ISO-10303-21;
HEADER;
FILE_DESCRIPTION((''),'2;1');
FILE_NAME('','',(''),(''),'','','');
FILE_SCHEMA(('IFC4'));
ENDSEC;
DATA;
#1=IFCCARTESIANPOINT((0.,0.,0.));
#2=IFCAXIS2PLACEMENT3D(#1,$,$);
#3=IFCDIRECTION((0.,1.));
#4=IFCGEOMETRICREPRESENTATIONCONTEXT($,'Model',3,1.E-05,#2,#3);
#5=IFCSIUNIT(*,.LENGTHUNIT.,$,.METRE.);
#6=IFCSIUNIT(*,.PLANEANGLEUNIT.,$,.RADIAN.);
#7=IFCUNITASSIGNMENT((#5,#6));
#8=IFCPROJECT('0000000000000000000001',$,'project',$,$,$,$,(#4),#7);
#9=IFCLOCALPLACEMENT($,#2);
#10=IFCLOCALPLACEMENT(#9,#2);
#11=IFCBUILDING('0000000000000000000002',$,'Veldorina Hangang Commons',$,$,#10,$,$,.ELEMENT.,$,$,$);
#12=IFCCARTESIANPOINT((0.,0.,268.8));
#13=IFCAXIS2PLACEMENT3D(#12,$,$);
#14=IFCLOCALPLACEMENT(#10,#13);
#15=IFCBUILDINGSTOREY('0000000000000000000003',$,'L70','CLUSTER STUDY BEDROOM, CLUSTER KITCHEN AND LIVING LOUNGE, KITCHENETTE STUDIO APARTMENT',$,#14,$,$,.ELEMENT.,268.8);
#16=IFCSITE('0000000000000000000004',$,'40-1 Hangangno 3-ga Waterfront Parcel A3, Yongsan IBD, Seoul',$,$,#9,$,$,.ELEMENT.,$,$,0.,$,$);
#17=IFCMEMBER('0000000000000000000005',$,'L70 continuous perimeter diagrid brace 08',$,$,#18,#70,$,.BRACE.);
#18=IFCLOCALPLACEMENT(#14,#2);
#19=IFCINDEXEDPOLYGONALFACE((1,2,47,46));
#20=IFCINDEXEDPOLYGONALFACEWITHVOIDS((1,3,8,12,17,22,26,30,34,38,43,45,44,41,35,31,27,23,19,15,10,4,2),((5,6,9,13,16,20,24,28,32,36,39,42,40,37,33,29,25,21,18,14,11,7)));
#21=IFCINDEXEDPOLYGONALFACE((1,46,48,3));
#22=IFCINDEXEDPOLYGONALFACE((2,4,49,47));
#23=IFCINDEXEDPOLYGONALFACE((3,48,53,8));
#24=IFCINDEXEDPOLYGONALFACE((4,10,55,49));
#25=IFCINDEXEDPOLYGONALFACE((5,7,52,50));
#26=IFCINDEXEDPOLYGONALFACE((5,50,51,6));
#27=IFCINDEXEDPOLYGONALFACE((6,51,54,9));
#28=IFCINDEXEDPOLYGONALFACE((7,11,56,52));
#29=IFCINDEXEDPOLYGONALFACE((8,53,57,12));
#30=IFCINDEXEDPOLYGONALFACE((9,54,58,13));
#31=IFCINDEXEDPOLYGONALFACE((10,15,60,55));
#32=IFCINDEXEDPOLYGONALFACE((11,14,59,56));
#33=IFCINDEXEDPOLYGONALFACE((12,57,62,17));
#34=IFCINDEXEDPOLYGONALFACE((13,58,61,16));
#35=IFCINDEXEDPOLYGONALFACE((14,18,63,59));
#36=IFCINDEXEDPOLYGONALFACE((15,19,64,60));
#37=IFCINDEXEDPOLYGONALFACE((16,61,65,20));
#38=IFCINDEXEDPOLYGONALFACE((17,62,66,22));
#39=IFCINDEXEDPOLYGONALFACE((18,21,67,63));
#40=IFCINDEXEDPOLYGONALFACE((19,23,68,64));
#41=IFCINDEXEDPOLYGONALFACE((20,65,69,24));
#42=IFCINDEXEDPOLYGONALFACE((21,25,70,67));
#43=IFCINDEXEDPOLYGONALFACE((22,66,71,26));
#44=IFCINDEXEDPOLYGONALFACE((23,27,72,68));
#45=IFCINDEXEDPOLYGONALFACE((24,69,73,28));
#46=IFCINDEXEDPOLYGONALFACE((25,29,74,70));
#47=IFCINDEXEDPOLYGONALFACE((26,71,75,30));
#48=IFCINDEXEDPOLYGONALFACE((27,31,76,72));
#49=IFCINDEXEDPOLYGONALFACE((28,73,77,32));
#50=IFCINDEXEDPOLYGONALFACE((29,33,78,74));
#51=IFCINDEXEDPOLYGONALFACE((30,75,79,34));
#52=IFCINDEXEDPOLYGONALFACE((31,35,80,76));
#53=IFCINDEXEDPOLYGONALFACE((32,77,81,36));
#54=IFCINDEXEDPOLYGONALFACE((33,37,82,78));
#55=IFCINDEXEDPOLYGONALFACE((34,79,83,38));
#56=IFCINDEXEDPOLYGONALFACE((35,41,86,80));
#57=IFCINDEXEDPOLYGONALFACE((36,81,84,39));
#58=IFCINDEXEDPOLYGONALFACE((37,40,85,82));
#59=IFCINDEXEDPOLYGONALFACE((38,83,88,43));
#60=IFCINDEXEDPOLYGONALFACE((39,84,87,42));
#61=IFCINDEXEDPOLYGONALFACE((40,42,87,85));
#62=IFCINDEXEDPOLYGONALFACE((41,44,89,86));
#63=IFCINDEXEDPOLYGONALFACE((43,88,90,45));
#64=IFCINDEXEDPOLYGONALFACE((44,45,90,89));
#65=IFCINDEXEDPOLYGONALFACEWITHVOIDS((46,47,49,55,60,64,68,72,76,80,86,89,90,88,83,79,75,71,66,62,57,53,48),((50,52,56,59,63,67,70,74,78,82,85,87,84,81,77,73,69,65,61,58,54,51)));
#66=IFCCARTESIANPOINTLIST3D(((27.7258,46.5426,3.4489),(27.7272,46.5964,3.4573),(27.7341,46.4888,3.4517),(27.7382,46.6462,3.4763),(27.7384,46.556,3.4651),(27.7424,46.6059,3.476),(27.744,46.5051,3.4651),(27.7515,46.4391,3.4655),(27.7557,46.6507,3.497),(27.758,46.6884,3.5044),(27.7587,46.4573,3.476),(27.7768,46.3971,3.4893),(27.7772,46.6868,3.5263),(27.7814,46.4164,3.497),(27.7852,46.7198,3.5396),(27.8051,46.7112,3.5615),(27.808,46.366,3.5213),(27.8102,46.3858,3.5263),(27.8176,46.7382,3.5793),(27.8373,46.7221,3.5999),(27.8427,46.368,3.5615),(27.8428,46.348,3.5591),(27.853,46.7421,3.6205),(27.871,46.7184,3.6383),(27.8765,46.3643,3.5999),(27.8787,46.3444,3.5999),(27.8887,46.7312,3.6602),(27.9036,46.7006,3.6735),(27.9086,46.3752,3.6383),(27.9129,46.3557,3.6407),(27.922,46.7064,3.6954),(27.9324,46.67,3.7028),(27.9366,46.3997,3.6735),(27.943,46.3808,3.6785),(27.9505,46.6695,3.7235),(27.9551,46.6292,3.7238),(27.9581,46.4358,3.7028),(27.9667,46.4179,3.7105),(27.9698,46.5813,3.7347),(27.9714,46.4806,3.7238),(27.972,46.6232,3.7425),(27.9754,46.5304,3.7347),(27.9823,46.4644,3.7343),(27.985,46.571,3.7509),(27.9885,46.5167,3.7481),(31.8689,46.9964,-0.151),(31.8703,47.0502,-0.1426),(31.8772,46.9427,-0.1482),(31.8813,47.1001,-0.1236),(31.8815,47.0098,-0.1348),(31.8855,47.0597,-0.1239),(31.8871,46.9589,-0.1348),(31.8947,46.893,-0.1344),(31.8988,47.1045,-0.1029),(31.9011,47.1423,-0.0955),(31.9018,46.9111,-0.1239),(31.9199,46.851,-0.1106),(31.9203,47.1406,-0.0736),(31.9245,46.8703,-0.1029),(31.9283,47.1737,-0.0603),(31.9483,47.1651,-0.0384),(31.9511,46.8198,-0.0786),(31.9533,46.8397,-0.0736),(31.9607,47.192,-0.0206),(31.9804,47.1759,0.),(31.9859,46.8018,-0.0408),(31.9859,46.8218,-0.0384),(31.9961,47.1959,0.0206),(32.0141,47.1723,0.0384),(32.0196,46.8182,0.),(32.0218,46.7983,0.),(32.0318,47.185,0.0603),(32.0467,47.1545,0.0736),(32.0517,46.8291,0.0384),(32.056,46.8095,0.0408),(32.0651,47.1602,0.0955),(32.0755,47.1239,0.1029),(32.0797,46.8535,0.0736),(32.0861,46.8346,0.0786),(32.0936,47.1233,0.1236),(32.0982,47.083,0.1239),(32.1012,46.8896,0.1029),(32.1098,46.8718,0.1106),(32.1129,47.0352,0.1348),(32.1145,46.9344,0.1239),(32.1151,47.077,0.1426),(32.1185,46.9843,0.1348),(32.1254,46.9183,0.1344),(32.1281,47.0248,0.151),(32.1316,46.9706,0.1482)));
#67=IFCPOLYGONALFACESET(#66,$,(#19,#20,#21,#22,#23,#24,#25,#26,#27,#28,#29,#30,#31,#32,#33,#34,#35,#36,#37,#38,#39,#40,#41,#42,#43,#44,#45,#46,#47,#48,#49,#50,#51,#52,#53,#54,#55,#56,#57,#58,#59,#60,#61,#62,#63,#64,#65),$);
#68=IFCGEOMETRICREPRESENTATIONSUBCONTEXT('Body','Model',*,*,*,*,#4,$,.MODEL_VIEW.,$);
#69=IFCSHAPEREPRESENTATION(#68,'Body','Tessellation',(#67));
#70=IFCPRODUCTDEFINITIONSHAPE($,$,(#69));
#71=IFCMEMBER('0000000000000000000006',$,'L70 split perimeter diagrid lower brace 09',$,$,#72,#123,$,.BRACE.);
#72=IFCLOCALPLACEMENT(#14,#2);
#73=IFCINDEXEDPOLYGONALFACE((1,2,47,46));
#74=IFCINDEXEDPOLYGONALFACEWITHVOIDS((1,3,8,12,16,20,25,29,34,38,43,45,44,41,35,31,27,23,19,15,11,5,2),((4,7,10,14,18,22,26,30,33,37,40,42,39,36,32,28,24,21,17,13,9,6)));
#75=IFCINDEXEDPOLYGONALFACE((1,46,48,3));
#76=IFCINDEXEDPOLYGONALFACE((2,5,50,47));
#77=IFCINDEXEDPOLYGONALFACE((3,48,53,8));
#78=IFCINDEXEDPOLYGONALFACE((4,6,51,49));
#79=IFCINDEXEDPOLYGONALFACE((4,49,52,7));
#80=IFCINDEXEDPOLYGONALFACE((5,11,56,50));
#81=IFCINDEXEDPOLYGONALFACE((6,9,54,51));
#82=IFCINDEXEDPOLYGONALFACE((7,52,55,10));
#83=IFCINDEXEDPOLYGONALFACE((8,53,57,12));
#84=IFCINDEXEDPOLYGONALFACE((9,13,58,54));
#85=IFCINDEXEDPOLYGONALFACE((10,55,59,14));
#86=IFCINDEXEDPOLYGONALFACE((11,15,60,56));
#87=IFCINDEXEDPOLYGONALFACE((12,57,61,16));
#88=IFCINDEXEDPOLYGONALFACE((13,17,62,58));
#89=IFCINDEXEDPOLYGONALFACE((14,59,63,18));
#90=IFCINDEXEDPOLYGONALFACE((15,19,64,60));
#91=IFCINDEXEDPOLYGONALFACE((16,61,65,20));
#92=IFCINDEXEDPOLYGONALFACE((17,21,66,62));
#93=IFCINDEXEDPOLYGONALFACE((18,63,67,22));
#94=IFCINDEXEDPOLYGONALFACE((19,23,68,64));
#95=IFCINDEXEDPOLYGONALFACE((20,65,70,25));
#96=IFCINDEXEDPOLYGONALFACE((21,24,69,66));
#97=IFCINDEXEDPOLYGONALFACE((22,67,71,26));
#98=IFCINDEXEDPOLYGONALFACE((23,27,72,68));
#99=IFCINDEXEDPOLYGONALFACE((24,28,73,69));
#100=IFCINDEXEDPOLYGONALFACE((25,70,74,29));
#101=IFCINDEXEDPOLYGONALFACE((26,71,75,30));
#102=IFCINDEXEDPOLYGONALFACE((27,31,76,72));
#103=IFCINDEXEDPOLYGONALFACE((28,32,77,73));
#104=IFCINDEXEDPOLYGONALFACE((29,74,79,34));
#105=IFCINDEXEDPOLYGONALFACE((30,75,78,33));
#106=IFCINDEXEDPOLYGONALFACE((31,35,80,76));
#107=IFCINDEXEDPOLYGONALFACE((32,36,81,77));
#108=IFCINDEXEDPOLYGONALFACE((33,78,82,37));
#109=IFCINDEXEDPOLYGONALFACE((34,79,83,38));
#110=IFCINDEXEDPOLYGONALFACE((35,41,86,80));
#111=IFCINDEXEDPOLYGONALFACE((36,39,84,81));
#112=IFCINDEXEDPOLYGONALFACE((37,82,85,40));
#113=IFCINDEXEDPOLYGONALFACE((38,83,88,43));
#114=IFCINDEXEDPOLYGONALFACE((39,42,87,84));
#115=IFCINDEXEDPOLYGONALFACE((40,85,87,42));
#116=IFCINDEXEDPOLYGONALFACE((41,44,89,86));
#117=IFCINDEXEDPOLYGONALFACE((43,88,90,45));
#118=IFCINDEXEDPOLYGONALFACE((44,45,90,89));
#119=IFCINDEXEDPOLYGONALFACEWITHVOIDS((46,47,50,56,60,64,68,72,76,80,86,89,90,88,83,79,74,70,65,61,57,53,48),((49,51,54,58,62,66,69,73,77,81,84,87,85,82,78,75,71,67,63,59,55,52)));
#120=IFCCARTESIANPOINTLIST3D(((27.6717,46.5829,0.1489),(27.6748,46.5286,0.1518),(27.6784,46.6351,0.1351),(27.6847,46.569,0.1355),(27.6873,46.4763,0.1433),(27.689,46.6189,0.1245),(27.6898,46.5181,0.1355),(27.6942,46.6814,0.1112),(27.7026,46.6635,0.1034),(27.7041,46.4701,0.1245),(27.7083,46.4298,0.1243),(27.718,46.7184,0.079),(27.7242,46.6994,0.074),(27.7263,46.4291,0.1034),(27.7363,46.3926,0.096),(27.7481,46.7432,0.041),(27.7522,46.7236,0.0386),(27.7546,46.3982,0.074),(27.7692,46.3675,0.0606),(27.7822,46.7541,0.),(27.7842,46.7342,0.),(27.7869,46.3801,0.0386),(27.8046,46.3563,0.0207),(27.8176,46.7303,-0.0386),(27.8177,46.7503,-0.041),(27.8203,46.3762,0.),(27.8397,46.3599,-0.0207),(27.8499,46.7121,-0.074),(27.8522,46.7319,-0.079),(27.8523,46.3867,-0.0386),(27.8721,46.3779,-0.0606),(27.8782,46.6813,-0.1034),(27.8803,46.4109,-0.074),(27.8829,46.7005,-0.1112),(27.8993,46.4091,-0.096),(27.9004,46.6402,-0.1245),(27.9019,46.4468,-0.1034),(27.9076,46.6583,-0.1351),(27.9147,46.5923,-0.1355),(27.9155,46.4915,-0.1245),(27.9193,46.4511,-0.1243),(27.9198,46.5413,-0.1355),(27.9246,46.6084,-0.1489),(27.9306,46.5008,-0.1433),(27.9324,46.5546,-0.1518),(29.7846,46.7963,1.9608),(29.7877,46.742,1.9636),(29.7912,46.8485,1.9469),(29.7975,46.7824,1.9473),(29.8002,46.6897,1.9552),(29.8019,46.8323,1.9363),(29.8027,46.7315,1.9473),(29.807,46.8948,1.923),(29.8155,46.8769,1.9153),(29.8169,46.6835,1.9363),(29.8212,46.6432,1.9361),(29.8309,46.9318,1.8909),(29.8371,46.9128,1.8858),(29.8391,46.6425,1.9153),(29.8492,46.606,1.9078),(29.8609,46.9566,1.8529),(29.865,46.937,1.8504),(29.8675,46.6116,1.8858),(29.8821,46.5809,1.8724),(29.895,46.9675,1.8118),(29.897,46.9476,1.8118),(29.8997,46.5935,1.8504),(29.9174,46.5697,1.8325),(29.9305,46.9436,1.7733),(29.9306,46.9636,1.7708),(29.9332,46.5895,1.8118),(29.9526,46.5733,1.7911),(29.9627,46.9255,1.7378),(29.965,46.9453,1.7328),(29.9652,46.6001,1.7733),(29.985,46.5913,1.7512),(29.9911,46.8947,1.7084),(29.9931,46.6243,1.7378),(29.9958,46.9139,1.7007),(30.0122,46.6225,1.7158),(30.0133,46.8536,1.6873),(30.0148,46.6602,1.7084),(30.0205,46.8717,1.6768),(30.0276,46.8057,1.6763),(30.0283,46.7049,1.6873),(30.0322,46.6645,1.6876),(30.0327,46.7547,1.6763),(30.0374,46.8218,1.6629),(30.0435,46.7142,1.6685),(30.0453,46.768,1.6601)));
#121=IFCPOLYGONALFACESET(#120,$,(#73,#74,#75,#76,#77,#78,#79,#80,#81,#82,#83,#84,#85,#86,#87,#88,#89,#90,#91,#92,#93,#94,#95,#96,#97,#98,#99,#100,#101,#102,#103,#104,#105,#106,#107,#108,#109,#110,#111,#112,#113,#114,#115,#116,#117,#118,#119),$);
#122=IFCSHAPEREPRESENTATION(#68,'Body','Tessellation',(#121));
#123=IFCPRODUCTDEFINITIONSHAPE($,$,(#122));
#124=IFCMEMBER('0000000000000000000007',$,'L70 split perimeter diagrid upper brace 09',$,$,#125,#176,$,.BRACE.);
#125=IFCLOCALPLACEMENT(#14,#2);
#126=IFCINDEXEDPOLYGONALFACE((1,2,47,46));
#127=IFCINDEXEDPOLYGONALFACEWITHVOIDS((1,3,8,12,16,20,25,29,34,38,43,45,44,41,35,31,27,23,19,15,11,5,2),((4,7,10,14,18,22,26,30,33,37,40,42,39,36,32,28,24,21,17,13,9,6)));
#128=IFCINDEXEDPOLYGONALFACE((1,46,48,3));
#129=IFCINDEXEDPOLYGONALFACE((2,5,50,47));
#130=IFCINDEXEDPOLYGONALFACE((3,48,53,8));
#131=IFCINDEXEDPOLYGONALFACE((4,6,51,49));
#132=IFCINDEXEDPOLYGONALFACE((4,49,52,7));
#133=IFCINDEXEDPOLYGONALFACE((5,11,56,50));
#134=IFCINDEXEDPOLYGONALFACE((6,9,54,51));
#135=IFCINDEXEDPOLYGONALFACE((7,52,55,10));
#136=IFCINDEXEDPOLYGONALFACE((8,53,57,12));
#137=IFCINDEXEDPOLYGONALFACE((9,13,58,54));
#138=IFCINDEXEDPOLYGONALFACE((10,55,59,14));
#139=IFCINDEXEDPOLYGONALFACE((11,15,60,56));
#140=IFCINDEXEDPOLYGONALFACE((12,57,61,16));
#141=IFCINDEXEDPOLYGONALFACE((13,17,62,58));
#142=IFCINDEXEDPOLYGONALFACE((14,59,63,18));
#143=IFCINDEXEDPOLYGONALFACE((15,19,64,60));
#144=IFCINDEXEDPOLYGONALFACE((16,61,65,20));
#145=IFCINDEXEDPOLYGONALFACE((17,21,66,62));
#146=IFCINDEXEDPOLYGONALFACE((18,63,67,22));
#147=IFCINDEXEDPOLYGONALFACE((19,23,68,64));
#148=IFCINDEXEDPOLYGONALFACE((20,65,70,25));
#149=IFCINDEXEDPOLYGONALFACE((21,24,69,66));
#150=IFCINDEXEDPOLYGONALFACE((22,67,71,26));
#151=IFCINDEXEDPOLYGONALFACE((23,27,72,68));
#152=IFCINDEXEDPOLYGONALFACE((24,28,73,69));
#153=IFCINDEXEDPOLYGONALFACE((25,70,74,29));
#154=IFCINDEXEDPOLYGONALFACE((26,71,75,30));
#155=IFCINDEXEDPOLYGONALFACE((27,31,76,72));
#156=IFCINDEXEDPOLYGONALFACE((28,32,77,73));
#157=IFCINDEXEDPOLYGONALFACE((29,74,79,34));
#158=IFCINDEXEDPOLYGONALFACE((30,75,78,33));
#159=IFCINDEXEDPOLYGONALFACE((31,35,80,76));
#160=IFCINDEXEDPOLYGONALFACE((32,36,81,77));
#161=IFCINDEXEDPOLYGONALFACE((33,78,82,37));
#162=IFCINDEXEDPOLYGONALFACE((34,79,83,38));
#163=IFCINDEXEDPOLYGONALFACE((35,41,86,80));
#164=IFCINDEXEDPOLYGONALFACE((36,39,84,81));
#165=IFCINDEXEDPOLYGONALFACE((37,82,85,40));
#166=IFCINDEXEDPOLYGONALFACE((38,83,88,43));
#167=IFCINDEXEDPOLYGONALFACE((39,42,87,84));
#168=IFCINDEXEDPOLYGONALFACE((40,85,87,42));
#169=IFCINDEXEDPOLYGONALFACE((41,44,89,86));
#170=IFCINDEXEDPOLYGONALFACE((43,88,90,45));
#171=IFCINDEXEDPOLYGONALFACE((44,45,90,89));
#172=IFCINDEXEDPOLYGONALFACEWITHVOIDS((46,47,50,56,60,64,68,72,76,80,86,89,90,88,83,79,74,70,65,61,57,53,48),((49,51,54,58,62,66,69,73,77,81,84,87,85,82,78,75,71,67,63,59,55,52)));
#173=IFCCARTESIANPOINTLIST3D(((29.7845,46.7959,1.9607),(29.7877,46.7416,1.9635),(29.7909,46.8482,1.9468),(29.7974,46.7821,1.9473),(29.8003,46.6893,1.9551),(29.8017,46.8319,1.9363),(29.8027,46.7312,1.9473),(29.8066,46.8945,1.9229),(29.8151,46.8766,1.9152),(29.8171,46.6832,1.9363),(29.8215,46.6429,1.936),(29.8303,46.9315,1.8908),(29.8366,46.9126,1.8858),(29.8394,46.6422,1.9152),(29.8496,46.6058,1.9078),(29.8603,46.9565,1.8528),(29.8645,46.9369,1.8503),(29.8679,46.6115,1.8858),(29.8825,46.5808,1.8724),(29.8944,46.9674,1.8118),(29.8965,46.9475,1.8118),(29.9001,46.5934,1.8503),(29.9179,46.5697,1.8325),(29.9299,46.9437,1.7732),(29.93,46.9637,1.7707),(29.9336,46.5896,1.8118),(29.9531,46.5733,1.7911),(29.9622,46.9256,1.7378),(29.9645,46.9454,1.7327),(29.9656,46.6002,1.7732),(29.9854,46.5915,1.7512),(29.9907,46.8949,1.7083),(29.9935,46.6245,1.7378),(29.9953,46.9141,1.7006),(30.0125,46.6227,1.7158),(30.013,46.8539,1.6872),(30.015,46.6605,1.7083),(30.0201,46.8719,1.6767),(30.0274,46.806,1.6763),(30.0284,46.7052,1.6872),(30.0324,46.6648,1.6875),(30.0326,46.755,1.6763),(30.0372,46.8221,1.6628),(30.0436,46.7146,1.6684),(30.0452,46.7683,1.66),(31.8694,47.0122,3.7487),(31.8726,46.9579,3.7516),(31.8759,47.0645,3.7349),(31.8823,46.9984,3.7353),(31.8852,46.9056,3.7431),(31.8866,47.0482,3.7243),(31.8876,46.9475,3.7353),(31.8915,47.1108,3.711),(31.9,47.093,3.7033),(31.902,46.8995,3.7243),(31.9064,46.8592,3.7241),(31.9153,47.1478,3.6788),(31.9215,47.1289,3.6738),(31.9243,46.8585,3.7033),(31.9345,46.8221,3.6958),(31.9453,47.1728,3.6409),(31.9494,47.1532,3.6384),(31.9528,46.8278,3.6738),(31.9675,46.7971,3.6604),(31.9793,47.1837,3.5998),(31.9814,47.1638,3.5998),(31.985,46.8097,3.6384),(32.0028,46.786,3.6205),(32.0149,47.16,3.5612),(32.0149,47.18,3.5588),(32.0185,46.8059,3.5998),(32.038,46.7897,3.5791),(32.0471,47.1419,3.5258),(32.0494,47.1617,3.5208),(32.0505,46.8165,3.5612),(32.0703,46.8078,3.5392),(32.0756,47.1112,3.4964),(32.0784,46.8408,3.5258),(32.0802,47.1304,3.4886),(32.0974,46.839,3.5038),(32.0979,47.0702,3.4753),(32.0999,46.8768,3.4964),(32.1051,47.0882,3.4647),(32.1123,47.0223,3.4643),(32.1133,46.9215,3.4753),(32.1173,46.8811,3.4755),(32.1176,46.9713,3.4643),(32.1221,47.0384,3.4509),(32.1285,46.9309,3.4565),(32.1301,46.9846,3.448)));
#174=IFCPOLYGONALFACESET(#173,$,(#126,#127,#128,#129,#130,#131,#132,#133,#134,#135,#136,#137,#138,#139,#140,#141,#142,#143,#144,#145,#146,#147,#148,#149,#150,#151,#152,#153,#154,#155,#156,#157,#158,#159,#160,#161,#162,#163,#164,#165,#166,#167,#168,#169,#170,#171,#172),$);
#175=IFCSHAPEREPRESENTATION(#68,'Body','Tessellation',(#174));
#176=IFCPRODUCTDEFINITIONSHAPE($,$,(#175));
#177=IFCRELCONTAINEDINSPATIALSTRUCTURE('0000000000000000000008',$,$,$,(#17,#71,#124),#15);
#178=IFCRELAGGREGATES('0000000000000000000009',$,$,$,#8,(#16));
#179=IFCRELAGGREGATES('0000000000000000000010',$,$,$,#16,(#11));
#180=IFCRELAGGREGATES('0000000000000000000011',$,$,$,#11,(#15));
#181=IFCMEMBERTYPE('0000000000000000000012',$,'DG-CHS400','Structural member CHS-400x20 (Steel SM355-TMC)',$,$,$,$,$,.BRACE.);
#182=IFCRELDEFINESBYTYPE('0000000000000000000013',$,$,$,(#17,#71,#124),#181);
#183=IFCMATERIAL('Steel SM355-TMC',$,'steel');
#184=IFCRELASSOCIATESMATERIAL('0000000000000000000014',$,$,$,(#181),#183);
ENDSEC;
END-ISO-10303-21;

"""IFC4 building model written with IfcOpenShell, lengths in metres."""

from ifc_helpers import new_model, si_unit, direction, frame, origin, origin_2d, place, context, subcontext, project, spatial, hollow_circle, extrude, material, material_profile, profile_set, type_object, element, save


model = new_model("IFC4")

# Units and contexts
model_context = context("Model", 3, precision=1e-05, world=origin(), true_north=direction((0.0, 1.0)))
body_context = subcontext(model_context, "Body", "Model", "MODEL_VIEW")
ifc_project = project(units=[si_unit("LENGTHUNIT", "METRE"), si_unit("PLANEANGLEUNIT", "RADIAN")], contexts=[model_context])

# Site, building, storey
site_placement = place(None, origin())
site = spatial("IfcSite", under=ifc_project, at=site_placement, Name="40-1 Hangangno 3-ga Waterfront Parcel A3, Yongsan IBD, Seoul", CompositionType="ELEMENT", RefElevation=0.0)
building_placement = place(site_placement, origin())
building = spatial("IfcBuilding", under=site, at=building_placement, Name="Veldorina Hangang Commons", CompositionType="ELEMENT")
storey_placement = place(building_placement, frame((0.0, 0.0, 268.8)))
storey = spatial("IfcBuildingStorey", under=building, at=storey_placement, Name="L70", Description="CLUSTER STUDY BEDROOM, CLUSTER KITCHEN AND LIVING LOUNGE, KITCHENETTE STUDIO APARTMENT", CompositionType="ELEMENT", Elevation=268.8)

# Shared definitions
ifc_material_1 = material(Name="Steel SM355-TMC", Category="steel")

# Members
ifc_material_profile_1 = material_profile(ifc_material_1, hollow_circle(Radius=0.2, WallThickness=0.02, at=origin_2d()), Name="CHS-400x20")
ifc_profile_set_1 = profile_set([ifc_material_profile_1], Name="Steel SM355-TMC")
member_type_1 = type_object("IfcMemberType", Name="DG-CHS400", Description="Structural member CHS-400x20 (Steel SM355-TMC)", PredefinedType="BRACE", material=ifc_profile_set_1)
member_1_placement = place(storey_placement, frame((32.0, 46.9971, 0.0), z_axis=(-0.752292, -0.082411, 0.653656), x_axis=(0.108895, -0.994053, 0.0)))
element("IfcMember", 1, at=member_1_placement, inside=storey, type_object=member_type_1, Name="L70 continuous perimeter diagrid brace 08", PredefinedType="BRACE", context=body_context, shape_type="SweptSolid", body=[
    extrude(hollow_circle(Radius=0.2, WallThickness=0.02, at=origin_2d()), origin(), (0.0, 0.0, 1.0), 5.5073),
])
member_2_placement = place(storey_placement, frame((27.8022, 46.5552, 0.0), z_axis=(0.756893, 0.076441, 0.649053), x_axis=(-0.100483, 0.994939, 0.0)))
element("IfcMember", 2, at=member_2_placement, inside=storey, type_object=member_type_1, Name="L70 split perimeter diagrid lower brace 09", PredefinedType="BRACE", context=body_context, shape_type="SweptSolid", body=[
    extrude(hollow_circle(Radius=0.2, WallThickness=0.02, at=origin_2d()), origin(), (0.0, 0.0, 1.0), 2.7915),
])
member_3_placement = place(storey_placement, frame((29.915, 46.7686, 1.8118), z_axis=(0.756738, 0.078509, 0.648987), x_axis=(-0.103193, 0.994661, 0.0)))
element("IfcMember", 3, at=member_3_placement, inside=storey, type_object=member_type_1, Name="L70 split perimeter diagrid upper brace 09", PredefinedType="BRACE", context=body_context, shape_type="SweptSolid", body=[
    extrude(hollow_circle(Radius=0.2, WallThickness=0.02, at=origin_2d()), origin(), (0.0, 0.0, 1.0), 2.7551),
])

save(model, "model.ifc")
